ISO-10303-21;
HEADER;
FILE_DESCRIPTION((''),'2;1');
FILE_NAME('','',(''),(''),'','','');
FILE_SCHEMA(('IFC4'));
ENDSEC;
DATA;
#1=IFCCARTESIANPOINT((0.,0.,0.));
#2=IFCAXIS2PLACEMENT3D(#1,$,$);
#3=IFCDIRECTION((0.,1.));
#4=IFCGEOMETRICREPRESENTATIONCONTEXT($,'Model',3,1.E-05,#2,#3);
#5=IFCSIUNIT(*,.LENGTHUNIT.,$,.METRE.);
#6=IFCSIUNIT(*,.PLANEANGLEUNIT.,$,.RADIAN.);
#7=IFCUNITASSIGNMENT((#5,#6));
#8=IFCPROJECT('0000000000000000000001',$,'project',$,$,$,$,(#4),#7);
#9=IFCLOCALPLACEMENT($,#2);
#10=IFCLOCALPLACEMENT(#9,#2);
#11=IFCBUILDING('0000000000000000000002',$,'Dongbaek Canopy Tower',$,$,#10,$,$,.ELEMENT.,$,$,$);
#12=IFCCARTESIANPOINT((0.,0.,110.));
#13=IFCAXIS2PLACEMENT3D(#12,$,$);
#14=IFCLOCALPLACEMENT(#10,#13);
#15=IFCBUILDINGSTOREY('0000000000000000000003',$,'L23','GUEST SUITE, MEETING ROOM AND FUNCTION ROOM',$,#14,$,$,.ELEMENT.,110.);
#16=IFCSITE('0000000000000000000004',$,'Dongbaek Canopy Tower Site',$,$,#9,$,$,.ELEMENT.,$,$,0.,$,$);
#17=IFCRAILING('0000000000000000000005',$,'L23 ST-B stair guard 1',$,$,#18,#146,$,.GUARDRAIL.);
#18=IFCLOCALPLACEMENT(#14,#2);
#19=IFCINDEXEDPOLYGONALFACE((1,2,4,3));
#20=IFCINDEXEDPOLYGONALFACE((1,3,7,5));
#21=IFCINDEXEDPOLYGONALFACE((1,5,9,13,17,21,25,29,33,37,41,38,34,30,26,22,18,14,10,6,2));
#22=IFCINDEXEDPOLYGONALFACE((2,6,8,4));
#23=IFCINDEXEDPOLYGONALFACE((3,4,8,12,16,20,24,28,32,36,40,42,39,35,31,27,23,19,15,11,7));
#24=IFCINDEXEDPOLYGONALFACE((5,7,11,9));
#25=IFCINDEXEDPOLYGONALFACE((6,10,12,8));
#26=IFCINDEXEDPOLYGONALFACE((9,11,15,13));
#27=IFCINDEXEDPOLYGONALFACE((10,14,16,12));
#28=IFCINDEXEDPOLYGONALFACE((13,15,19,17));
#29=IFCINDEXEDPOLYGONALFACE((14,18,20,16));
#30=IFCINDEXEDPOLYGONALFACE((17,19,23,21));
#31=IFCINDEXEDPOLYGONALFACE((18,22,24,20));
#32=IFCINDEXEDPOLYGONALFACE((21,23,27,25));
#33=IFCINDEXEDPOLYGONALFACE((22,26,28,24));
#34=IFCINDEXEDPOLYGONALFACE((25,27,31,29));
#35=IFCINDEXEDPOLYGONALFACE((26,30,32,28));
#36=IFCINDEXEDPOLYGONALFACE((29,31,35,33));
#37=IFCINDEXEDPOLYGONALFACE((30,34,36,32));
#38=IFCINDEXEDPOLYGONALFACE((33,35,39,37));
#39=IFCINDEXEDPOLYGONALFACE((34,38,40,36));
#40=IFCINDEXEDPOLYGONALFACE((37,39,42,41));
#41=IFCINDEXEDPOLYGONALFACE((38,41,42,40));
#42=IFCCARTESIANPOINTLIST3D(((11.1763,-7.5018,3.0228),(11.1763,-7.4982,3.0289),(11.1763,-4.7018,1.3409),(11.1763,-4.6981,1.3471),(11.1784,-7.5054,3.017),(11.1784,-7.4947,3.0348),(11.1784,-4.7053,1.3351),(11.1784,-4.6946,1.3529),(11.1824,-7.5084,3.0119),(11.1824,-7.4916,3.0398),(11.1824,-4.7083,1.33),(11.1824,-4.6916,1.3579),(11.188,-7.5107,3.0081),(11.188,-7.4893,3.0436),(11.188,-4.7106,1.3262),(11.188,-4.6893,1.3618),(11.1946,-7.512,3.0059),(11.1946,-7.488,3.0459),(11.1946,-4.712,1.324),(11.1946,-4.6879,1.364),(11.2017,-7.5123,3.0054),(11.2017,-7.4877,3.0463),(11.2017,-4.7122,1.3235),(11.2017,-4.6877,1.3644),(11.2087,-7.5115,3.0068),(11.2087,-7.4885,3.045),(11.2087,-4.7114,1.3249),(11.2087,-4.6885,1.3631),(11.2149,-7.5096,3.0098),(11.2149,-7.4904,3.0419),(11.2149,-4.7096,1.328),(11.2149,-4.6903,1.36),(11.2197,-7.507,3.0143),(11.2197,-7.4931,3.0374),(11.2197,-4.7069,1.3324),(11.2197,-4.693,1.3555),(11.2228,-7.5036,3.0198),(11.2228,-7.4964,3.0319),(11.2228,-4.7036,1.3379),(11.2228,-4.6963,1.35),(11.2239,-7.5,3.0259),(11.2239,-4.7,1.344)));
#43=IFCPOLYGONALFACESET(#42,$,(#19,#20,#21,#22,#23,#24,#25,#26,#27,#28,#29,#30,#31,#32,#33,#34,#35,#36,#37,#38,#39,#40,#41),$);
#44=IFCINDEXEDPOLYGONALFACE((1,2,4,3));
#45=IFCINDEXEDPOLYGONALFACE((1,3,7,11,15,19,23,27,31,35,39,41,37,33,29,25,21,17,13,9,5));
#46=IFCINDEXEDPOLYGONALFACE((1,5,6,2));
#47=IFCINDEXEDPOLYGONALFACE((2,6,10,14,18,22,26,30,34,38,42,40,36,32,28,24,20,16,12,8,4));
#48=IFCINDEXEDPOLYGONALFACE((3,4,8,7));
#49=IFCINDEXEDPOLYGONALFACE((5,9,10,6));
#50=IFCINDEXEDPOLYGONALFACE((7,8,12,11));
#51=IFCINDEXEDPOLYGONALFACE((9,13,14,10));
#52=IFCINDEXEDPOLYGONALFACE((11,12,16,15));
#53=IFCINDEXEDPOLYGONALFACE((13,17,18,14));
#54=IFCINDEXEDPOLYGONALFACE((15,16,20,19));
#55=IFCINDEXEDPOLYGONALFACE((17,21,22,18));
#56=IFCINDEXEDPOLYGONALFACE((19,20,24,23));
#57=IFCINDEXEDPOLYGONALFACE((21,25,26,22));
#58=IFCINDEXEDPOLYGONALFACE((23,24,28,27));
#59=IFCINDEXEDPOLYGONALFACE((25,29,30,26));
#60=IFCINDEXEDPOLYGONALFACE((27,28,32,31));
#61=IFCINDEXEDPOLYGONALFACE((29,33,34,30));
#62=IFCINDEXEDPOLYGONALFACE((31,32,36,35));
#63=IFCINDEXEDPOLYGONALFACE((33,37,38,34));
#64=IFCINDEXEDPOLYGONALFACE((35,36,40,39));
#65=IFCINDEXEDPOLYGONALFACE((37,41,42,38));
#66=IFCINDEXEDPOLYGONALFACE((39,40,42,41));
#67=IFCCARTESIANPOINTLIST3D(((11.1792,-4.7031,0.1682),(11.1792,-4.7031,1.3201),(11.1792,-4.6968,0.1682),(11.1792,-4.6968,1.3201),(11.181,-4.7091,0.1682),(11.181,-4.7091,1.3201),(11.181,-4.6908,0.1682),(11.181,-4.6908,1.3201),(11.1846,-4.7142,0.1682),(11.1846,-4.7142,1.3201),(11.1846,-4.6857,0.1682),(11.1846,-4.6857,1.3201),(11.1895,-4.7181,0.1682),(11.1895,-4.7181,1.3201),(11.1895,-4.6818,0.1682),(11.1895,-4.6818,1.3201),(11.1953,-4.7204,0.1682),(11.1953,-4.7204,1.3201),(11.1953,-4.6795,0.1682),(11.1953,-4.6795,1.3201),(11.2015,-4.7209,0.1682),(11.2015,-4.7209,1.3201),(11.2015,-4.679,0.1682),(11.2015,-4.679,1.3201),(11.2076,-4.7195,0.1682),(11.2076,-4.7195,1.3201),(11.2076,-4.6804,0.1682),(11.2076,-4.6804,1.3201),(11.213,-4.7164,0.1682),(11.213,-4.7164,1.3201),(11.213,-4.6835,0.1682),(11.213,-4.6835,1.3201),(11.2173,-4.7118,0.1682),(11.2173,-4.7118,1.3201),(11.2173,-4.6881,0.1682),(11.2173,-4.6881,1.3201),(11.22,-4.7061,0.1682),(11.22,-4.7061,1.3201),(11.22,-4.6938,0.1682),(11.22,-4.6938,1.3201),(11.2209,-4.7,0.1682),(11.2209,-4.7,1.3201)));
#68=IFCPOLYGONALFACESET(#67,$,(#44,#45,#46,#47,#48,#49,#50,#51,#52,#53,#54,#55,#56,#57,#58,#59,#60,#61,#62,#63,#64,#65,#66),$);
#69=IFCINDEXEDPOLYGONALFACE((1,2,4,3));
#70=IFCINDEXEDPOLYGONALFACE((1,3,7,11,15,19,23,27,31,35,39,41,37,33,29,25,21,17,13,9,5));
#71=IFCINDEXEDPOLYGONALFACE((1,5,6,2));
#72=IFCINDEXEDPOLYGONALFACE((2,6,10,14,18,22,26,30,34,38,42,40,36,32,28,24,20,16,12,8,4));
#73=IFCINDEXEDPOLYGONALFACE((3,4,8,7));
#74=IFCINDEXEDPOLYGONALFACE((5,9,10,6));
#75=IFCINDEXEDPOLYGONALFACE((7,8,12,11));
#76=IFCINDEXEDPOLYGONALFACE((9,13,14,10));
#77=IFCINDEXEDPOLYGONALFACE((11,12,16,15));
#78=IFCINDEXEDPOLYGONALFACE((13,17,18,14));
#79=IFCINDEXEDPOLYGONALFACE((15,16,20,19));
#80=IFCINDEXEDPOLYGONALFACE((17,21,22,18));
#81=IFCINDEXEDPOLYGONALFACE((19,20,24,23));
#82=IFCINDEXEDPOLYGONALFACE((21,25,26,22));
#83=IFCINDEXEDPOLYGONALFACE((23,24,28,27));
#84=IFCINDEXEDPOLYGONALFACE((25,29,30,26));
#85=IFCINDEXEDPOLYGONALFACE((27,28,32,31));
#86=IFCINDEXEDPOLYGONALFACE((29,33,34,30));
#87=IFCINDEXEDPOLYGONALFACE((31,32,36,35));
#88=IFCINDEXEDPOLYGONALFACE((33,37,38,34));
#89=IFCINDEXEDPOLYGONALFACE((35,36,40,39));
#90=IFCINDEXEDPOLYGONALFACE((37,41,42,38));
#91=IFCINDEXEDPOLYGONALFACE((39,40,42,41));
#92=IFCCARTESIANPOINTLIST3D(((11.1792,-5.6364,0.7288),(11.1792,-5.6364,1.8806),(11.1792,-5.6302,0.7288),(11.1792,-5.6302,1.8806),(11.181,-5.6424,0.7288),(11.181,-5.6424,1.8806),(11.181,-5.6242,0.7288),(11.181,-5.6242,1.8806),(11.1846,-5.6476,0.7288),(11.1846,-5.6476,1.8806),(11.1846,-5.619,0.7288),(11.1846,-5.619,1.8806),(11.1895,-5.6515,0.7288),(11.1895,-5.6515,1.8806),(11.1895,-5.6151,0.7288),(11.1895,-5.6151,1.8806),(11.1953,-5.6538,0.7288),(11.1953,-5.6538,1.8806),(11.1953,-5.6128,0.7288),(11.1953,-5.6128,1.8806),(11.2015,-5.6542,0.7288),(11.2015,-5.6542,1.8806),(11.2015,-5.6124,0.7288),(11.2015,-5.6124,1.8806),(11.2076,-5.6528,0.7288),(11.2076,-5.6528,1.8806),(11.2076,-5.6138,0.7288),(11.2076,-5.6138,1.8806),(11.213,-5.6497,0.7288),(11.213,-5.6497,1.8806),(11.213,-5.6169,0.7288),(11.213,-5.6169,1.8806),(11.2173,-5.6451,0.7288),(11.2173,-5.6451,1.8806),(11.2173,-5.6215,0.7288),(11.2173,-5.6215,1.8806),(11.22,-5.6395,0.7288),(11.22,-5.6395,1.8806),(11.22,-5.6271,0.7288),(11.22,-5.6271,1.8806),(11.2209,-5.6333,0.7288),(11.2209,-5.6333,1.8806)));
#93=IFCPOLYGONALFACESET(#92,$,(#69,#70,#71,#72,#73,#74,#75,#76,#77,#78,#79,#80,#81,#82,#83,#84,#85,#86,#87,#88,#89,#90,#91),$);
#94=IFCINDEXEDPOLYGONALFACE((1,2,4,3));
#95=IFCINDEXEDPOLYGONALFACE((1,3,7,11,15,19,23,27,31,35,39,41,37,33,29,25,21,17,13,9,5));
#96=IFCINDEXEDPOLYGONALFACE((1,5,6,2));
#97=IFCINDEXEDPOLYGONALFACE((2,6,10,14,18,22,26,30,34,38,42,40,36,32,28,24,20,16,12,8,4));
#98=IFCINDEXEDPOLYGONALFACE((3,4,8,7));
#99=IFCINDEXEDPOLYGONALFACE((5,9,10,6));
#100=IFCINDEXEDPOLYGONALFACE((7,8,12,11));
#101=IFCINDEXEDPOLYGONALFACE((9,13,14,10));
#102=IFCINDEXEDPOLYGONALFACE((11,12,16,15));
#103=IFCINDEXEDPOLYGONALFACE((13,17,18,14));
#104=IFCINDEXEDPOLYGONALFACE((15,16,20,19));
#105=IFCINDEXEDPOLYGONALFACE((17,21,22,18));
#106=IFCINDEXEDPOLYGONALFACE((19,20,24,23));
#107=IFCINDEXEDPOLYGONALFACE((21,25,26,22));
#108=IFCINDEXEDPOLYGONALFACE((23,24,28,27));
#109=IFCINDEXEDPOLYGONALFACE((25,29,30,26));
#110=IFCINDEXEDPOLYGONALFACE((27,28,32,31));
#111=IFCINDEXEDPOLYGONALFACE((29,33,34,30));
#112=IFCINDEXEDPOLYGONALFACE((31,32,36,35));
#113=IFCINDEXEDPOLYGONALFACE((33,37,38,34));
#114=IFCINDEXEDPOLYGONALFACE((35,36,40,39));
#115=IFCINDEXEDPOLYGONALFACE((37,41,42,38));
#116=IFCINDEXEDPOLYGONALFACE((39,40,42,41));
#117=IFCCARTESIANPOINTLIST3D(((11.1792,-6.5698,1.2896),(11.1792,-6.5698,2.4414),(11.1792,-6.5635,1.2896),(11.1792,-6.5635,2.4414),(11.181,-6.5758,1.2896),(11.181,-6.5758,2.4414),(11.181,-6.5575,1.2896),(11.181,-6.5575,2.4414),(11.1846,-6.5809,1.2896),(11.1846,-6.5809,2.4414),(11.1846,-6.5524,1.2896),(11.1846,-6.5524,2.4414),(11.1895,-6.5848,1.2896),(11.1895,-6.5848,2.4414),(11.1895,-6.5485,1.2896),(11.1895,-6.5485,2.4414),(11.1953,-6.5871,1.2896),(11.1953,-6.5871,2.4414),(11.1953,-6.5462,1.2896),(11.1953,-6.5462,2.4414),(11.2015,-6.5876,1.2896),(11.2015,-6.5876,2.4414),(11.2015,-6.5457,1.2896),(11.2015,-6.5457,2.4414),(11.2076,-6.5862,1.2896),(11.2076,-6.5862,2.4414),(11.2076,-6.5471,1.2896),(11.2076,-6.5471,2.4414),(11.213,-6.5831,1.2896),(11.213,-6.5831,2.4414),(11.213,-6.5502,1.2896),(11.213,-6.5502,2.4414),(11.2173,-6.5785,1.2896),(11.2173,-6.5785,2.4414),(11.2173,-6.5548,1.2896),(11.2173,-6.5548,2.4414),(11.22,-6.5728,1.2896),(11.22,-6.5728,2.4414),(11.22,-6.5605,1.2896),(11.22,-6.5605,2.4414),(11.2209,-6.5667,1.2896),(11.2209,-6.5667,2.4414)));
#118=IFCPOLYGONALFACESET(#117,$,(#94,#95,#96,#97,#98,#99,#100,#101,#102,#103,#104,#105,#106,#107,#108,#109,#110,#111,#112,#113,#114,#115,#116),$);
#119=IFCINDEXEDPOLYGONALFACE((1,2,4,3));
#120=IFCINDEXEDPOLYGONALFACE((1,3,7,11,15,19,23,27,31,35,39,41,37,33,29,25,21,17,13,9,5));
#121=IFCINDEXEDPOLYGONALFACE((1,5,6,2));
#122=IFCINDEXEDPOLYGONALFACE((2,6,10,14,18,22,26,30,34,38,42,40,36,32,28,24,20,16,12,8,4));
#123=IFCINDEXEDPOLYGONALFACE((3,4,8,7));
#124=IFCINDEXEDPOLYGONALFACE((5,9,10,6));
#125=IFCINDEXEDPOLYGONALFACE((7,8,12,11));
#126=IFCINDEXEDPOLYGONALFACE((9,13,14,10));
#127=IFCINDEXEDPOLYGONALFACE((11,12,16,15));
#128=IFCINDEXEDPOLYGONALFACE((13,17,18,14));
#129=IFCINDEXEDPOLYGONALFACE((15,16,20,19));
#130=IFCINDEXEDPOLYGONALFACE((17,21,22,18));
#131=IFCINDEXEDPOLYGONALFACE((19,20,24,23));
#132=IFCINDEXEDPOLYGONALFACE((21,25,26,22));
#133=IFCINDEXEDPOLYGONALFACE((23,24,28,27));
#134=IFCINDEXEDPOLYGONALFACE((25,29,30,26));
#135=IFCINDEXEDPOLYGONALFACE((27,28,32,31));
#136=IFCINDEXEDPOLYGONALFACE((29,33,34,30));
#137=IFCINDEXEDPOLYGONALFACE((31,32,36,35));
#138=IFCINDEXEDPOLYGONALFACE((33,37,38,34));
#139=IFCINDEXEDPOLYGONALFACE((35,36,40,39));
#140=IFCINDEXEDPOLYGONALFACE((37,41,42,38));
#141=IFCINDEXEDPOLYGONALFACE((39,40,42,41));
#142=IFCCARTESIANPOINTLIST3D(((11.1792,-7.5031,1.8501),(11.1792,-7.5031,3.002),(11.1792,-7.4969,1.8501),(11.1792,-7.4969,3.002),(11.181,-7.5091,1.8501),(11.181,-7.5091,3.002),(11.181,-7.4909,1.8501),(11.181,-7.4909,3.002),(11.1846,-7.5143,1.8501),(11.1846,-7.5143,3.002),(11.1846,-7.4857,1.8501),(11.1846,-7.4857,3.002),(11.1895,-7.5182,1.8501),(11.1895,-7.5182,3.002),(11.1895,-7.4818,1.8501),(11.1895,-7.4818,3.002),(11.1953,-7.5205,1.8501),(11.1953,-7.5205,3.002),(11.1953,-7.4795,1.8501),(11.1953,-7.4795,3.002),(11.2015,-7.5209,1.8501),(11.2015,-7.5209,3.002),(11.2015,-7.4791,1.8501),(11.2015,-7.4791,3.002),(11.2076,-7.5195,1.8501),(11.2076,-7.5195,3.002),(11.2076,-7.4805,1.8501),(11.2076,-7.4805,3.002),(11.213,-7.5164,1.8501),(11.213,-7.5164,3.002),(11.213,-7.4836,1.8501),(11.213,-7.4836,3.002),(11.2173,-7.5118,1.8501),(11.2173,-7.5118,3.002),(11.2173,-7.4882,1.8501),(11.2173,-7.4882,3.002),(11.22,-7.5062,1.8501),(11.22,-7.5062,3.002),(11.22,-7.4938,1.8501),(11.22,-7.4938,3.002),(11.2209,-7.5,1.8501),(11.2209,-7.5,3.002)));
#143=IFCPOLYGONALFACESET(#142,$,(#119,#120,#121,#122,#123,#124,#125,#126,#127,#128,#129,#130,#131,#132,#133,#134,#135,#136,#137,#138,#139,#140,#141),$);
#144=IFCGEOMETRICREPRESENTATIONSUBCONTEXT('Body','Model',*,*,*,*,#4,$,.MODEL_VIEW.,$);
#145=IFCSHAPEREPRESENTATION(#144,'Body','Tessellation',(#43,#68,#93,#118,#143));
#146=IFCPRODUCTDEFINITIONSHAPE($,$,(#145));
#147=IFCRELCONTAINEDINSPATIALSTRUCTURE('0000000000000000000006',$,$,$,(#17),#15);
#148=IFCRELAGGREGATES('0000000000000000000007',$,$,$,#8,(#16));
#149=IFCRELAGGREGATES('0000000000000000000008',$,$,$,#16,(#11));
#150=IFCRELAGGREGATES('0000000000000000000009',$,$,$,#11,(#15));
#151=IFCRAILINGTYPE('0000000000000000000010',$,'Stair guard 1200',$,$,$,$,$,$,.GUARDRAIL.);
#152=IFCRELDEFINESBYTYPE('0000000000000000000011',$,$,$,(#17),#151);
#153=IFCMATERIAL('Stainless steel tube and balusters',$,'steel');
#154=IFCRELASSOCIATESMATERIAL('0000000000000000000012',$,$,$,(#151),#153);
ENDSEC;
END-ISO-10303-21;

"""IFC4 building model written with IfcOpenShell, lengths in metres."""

from ifc_helpers import new_model, si_unit, direction, frame, origin, origin_2d, place, context, subcontext, project, spatial, circle, extrude, material, type_object, element, save


model = new_model("IFC4")

# Units and contexts
model_context = context("Model", 3, precision=1e-05, world=origin(), true_north=direction((0.0, 1.0)))
body_context = subcontext(model_context, "Body", "Model", "MODEL_VIEW")
ifc_project = project(units=[si_unit("LENGTHUNIT", "METRE"), si_unit("PLANEANGLEUNIT", "RADIAN")], contexts=[model_context])

# Site, building, storey
site_placement = place(None, origin())
site = spatial("IfcSite", under=ifc_project, at=site_placement, Name="Dongbaek Canopy Tower Site", CompositionType="ELEMENT", RefElevation=0.0)
building_placement = place(site_placement, origin())
building = spatial("IfcBuilding", under=site, at=building_placement, Name="Dongbaek Canopy Tower", CompositionType="ELEMENT")
storey_placement = place(building_placement, frame((0.0, 0.0, 110.0)))
storey = spatial("IfcBuildingStorey", under=building, at=storey_placement, Name="L23", Description="GUEST SUITE, MEETING ROOM AND FUNCTION ROOM", CompositionType="ELEMENT", Elevation=110.0)

# Railing
ifc_material_1 = material(Name="Stainless steel tube and balusters", Category="steel")
railing_type_1 = type_object("IfcRailingType", Name="Stair guard 1200", PredefinedType="GUARDRAIL", material=ifc_material_1)
railing_1_placement = place(storey_placement, frame((11.2, -4.7, 0.1682)))
element("IfcRailing", 1, at=railing_1_placement, inside=storey, type_object=railing_type_1, Name="L23 ST-B stair guard 1", PredefinedType="GUARDRAIL", context=body_context, shape_type="SweptSolid", body=[
    extrude(circle(Radius=0.0239, at=origin_2d()), frame((0.0, 0.0, 1.1758), z_axis=(0.0, -0.857242, 0.514913), x_axis=(1.0, 0.0, 0.0)), (0.0, 0.0, 1.0), 3.2664),
    extrude(circle(Radius=0.021, at=origin_2d()), origin(), (0.0, 0.0, 1.0), 1.1519),
    extrude(circle(Radius=0.021, at=origin_2d()), frame((0.0, -0.9333, 0.5605)), (0.0, 0.0, 1.0), 1.1519),
    extrude(circle(Radius=0.021, at=origin_2d()), frame((0.0, -1.8667, 1.1213)), (0.0, 0.0, 1.0), 1.1519),
    extrude(circle(Radius=0.021, at=origin_2d()), frame((0.0, -2.8, 1.6819)), (0.0, 0.0, 1.0), 1.1519),
])

save(model, "model.ifc")
